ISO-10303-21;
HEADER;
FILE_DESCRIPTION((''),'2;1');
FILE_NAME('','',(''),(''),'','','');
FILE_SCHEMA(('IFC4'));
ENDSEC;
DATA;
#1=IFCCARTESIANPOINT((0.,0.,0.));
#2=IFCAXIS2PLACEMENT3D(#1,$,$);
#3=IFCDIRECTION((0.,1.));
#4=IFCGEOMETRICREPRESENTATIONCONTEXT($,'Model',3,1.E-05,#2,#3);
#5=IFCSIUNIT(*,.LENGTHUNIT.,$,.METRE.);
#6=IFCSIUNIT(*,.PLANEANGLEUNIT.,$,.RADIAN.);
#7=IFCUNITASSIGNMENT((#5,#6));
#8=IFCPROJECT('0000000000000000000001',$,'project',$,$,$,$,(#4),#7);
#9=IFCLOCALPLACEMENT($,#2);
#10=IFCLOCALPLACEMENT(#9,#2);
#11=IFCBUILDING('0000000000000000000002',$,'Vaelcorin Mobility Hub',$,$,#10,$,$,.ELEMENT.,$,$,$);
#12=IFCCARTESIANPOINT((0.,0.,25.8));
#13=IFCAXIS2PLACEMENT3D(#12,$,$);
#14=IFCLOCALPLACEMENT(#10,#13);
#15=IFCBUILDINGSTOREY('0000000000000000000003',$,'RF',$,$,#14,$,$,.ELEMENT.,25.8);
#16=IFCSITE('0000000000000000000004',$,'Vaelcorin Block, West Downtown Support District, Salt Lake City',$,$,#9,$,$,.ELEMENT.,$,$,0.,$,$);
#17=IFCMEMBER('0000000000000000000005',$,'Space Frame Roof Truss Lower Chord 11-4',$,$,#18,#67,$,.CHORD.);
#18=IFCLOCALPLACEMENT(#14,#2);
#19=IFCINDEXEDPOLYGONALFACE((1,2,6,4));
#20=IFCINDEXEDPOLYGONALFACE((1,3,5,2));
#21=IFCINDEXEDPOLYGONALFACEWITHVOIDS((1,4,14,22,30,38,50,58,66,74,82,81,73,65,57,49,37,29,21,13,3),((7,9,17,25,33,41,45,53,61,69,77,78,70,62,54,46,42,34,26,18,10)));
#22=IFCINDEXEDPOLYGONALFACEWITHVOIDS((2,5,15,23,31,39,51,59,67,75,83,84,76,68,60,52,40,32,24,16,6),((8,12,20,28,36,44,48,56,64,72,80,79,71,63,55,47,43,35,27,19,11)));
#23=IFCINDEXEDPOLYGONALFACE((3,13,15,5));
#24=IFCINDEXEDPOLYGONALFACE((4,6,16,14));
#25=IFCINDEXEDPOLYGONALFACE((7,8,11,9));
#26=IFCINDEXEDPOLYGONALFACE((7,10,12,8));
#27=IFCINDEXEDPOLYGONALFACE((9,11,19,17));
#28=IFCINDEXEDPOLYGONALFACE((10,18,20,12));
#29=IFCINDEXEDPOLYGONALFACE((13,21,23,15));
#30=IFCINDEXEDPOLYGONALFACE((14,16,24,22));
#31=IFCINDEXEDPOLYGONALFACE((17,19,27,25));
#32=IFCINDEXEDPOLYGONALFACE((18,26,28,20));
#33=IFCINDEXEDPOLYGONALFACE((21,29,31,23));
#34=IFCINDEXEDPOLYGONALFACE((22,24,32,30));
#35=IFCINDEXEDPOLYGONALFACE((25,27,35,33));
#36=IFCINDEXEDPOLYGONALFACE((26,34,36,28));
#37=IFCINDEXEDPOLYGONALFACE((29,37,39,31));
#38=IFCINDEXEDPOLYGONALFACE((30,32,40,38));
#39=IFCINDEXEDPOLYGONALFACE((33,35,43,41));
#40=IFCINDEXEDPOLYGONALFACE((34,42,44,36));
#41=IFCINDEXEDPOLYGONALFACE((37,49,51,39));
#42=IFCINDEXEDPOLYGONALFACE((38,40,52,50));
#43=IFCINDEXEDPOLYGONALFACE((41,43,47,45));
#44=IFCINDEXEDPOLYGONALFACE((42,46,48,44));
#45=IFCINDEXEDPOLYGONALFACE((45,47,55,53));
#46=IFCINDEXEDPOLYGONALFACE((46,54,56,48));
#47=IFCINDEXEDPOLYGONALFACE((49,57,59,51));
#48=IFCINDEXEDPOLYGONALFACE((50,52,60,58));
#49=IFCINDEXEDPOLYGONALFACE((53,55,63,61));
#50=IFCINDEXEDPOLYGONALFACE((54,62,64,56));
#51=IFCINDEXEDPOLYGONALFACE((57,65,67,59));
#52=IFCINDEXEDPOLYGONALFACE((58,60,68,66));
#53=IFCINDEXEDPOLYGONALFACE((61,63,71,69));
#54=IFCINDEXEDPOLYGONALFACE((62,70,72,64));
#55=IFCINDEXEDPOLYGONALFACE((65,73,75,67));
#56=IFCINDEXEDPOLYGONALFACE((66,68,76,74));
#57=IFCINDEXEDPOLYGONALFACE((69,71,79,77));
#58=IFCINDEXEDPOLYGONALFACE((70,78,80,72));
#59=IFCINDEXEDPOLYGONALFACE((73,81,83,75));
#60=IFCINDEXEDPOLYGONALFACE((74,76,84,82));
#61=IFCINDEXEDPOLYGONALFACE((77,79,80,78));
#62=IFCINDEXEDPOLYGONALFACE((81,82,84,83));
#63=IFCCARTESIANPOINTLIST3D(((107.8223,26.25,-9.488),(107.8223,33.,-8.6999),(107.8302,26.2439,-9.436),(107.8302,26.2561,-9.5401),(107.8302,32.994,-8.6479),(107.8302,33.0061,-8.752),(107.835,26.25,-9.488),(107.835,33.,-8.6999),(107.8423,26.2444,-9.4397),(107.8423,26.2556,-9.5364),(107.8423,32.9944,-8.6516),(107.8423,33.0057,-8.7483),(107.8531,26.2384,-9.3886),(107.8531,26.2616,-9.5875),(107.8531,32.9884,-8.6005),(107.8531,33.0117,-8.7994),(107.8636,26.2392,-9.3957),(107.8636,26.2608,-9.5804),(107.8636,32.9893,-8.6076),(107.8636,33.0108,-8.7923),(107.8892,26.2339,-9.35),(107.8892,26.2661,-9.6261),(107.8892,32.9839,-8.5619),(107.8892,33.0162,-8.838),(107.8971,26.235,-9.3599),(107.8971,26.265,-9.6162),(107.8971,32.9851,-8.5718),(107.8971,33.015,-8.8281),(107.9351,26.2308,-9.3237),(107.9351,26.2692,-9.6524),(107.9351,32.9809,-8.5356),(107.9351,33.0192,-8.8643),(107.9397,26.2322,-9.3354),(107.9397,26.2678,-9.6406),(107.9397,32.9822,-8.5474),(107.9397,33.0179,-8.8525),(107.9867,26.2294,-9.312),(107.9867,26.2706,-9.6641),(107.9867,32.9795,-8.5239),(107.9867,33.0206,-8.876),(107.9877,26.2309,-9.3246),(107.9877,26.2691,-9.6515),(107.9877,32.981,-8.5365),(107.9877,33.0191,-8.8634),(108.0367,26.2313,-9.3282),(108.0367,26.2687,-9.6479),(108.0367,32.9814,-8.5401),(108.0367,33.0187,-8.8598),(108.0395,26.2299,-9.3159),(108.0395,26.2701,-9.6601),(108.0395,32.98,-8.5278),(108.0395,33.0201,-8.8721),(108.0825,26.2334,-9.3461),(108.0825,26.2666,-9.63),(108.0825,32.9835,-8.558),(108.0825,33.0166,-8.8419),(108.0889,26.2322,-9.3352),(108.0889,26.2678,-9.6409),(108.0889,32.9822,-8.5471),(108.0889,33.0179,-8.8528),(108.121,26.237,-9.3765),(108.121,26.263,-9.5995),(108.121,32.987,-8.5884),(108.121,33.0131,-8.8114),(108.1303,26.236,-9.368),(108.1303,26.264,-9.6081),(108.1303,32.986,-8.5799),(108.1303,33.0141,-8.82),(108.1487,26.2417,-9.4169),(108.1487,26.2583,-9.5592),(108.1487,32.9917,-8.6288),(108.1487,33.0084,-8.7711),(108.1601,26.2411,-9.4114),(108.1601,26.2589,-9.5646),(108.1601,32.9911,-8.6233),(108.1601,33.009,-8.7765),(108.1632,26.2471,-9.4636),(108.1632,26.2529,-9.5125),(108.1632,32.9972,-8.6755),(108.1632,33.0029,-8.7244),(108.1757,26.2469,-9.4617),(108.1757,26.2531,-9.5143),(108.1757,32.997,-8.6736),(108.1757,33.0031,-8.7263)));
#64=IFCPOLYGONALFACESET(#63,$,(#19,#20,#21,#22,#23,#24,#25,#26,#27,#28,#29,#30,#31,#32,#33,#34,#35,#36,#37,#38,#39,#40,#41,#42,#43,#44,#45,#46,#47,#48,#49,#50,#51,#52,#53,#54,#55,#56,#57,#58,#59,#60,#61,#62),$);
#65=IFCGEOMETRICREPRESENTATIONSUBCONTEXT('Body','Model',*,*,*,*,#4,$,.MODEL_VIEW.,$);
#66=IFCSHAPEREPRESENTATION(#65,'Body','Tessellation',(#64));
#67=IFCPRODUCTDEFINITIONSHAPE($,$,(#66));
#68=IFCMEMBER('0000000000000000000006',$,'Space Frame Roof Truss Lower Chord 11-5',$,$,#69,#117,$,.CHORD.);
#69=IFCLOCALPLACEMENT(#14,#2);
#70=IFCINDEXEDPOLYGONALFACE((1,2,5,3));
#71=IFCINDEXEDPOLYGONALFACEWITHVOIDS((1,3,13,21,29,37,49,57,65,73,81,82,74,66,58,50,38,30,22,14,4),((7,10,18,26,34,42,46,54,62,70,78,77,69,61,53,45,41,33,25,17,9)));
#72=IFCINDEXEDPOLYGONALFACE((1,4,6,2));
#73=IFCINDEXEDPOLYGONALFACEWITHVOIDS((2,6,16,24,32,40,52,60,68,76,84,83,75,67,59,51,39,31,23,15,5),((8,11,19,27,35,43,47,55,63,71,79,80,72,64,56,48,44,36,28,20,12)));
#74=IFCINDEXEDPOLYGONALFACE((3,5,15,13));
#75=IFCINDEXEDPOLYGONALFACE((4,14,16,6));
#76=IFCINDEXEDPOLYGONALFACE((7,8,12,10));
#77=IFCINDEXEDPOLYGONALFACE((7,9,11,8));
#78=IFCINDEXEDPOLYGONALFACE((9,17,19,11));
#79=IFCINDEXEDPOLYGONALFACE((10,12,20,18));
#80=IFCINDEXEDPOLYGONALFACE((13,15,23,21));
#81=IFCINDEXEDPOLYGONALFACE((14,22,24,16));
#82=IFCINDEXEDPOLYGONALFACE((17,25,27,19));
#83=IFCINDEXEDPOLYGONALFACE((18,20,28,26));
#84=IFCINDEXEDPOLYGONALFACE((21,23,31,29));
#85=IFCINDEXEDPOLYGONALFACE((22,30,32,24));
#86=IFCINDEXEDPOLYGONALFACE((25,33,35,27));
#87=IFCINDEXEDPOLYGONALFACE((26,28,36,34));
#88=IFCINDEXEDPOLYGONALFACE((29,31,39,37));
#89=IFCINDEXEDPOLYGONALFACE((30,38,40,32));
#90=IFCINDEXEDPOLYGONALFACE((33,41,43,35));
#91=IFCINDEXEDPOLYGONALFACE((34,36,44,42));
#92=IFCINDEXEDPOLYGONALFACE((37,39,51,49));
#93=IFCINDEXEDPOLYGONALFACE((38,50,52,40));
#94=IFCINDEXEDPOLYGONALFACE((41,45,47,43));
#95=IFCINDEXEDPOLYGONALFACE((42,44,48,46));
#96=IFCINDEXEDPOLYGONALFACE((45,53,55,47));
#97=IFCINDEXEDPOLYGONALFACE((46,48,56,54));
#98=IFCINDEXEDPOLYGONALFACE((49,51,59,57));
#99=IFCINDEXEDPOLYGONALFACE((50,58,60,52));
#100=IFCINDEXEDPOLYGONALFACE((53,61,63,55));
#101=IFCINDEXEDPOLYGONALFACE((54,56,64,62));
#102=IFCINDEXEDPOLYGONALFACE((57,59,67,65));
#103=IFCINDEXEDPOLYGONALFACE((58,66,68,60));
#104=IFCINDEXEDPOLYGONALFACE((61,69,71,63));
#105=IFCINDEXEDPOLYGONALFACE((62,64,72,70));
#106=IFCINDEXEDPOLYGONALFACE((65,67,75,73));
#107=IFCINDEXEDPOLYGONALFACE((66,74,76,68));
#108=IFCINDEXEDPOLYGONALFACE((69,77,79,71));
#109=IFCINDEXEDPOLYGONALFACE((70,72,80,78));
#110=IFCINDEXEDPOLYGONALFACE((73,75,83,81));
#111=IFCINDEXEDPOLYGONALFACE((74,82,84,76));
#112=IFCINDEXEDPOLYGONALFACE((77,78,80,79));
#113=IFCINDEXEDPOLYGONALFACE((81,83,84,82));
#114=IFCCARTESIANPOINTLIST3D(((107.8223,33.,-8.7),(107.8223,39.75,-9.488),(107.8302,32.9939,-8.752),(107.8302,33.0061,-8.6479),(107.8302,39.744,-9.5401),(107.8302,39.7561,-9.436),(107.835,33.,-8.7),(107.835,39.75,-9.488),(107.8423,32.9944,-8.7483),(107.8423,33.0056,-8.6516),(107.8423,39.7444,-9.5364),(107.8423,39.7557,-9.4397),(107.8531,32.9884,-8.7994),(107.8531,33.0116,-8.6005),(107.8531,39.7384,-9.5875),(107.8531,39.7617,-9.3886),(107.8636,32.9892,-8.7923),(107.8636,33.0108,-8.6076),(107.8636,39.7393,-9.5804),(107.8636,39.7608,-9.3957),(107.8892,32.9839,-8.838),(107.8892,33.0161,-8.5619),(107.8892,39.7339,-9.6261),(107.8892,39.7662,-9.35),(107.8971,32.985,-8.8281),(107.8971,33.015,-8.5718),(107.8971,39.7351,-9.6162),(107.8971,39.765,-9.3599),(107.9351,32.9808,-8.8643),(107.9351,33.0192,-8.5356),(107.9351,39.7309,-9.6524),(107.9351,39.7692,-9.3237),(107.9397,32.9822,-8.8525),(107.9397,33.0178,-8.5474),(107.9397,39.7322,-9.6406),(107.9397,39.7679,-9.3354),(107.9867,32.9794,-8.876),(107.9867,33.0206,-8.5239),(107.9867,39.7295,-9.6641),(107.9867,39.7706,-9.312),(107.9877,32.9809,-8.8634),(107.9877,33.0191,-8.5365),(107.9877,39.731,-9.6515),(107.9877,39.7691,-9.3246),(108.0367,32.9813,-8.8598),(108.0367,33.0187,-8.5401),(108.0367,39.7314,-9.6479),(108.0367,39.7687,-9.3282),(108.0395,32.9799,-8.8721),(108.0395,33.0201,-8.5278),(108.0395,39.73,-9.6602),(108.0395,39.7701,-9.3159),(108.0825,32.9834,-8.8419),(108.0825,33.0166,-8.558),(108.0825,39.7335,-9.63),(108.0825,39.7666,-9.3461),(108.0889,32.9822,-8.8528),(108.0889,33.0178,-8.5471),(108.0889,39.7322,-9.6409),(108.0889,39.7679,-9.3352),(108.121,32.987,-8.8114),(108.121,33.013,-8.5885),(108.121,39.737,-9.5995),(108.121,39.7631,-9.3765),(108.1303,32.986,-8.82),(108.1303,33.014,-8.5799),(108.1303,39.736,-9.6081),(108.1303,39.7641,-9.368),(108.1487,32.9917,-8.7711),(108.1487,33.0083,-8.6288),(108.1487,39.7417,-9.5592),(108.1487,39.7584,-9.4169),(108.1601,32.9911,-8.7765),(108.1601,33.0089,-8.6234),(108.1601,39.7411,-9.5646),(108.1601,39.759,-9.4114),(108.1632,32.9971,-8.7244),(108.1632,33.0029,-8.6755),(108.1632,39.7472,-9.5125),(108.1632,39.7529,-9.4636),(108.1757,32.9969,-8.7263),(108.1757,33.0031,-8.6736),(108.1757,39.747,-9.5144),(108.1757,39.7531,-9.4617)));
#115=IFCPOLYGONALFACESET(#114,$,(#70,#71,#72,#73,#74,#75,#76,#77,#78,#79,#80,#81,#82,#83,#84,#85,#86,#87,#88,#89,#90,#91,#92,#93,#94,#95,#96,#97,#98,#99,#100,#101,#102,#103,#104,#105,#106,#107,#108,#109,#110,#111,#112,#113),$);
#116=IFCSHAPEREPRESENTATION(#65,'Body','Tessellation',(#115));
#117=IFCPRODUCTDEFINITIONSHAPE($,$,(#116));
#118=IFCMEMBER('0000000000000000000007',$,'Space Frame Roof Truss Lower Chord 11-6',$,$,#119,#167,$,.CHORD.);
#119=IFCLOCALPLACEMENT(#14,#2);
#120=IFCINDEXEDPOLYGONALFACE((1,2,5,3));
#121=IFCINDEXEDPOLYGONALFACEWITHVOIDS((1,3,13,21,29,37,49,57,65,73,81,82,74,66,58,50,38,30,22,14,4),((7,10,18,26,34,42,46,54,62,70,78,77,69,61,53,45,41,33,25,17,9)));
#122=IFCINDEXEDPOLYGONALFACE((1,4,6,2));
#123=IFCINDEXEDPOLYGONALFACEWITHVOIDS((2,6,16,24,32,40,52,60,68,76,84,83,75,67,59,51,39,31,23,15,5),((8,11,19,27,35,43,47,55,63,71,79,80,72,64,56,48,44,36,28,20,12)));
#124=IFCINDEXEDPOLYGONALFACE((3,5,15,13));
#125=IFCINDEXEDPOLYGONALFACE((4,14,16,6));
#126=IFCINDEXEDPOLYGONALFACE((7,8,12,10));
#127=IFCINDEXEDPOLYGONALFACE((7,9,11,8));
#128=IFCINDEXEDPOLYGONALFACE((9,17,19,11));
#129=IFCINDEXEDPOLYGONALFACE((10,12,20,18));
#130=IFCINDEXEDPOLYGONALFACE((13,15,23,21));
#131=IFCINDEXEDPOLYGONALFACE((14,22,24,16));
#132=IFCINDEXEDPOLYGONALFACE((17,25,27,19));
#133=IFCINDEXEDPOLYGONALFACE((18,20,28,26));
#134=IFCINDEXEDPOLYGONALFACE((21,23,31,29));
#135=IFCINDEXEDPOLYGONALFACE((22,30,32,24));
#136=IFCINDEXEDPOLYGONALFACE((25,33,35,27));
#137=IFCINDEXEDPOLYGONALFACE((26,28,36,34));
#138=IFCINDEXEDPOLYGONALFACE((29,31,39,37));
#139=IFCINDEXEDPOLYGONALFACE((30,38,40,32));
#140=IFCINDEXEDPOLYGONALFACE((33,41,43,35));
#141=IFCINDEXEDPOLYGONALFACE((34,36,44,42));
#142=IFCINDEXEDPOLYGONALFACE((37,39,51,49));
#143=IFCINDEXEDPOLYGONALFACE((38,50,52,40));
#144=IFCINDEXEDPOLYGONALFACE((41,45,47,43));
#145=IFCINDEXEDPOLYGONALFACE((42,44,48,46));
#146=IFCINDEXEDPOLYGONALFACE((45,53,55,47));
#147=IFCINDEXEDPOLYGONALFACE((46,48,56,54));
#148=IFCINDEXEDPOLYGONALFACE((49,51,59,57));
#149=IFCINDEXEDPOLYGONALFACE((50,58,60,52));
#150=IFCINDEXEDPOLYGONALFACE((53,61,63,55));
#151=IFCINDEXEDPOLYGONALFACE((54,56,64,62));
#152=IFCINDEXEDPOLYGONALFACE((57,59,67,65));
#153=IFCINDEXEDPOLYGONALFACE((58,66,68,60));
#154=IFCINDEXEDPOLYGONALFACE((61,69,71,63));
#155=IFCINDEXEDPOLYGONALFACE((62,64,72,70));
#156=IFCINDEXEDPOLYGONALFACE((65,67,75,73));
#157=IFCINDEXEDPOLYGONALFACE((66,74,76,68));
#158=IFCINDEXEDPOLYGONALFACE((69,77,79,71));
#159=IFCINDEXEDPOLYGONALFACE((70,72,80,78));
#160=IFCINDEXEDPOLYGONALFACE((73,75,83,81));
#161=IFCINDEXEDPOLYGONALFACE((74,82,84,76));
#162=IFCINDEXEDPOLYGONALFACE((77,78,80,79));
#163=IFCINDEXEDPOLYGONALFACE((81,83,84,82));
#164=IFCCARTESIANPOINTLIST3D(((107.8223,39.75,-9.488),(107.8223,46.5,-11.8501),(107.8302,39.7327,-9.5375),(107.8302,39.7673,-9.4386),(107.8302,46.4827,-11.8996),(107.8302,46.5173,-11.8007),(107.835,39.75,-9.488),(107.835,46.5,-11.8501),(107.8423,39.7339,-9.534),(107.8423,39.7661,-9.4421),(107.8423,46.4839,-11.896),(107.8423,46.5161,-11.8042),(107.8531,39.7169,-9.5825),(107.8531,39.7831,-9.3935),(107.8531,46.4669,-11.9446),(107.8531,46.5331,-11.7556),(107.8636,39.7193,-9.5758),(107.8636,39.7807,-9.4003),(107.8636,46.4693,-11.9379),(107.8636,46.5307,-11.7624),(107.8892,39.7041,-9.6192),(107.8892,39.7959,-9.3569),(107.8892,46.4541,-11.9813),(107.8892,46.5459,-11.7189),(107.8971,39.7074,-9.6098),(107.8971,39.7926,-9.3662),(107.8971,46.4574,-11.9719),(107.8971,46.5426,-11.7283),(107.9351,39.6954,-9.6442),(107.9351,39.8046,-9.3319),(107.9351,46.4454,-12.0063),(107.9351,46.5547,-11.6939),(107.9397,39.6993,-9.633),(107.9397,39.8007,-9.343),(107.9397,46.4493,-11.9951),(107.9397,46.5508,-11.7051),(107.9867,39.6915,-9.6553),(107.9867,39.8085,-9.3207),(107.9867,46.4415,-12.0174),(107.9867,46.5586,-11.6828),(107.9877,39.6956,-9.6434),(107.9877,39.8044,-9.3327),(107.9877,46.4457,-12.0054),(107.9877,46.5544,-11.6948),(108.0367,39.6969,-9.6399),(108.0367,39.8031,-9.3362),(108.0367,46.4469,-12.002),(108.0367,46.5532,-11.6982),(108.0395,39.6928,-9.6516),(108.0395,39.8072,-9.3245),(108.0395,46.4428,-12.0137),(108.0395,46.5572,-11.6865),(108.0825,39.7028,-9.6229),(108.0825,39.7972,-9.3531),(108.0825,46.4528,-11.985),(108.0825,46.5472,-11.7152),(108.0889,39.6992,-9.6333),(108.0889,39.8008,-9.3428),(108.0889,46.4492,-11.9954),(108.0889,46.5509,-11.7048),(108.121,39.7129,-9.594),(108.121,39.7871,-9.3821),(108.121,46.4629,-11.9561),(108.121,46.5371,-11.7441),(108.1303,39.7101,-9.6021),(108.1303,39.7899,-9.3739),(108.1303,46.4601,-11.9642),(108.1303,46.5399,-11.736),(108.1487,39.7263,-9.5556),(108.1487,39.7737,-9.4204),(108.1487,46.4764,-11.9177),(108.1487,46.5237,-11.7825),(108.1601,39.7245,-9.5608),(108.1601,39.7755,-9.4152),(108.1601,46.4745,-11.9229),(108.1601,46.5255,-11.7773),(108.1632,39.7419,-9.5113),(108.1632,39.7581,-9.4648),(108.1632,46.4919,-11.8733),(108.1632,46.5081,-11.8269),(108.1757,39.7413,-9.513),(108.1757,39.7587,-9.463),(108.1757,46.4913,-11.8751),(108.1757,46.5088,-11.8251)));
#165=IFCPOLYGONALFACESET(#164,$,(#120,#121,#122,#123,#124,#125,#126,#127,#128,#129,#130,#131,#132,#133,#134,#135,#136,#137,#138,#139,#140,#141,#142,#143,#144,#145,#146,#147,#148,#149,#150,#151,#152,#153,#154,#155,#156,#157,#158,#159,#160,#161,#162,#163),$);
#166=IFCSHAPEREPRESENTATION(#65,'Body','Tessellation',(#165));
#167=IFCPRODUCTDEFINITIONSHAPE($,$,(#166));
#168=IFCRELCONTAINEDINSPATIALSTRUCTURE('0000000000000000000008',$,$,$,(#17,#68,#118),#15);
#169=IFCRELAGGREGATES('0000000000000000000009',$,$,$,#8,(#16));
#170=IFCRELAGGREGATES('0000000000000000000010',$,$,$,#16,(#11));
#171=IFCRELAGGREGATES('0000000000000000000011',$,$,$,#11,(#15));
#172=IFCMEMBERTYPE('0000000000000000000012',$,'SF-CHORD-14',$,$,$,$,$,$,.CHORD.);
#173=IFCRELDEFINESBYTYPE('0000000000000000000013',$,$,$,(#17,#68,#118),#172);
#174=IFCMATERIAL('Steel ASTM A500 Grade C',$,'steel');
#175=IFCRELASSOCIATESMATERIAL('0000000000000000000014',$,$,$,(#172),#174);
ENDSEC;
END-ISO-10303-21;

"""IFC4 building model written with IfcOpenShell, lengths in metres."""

from ifc_helpers import new_model, si_unit, direction, frame, origin, origin_2d, place, context, subcontext, project, spatial, hollow_circle, extrude, material, material_profile, profile_set, type_object, element, save


model = new_model("IFC4")

# Units and contexts
model_context = context("Model", 3, precision=1e-05, world=origin(), true_north=direction((0.0, 1.0)))
body_context = subcontext(model_context, "Body", "Model", "MODEL_VIEW")
ifc_project = project(units=[si_unit("LENGTHUNIT", "METRE"), si_unit("PLANEANGLEUNIT", "RADIAN")], contexts=[model_context])

# Site, building, storey
site_placement = place(None, origin())
site = spatial("IfcSite", under=ifc_project, at=site_placement, Name="Vaelcorin Block, West Downtown Support District, Salt Lake City", CompositionType="ELEMENT", RefElevation=0.0)
building_placement = place(site_placement, origin())
building = spatial("IfcBuilding", under=site, at=building_placement, Name="Vaelcorin Mobility Hub", CompositionType="ELEMENT")
storey_placement = place(building_placement, frame((0.0, 0.0, 25.8)))
storey = spatial("IfcBuildingStorey", under=building, at=storey_placement, Name="RF", CompositionType="ELEMENT", Elevation=25.8)

# Members
ifc_material_1 = material(Name="Steel ASTM A500 Grade C", Category="steel")
ifc_material_profile_1 = material_profile(ifc_material_1, hollow_circle(Radius=0.1777, WallThickness=0.0127, at=origin_2d()), Name="HSS14.000X0.500")
ifc_profile_set_1 = profile_set([ifc_material_profile_1], Name="Steel ASTM A500 Grade C")
member_type_1 = type_object("IfcMemberType", Name="SF-CHORD-14", PredefinedType="CHORD", material=ifc_profile_set_1)
for number, where, z_axis, x_axis, name in (
    (1, (108.0, 26.25, -9.488), (0.0, 0.993253, 0.115966), (-1.0, 0.0, 0.0), "Space Frame Roof Truss Lower Chord 11-4"),
    (2, (108.0, 33.0, -8.7), (0.0, 0.993253, -0.115966), (-1.0, 0.0, 0.0), "Space Frame Roof Truss Lower Chord 11-5"),
):
    element("IfcMember", number, at=place(storey_placement, frame(where, z_axis=z_axis, x_axis=x_axis)), inside=storey, type_object=member_type_1, Name=name, PredefinedType="CHORD", context=body_context, shape_type="SweptSolid", body=[
        extrude(hollow_circle(Radius=0.1777, WallThickness=0.0127, at=origin_2d()), origin(), (0.0, 0.0, 1.0), 6.7959),
    ])
member_1_placement = place(storey_placement, frame((108.0, 39.75, -9.488), z_axis=(0.0, 0.943878, -0.330296), x_axis=(-1.0, 0.0, 0.0)))
element("IfcMember", 3, at=member_1_placement, inside=storey, type_object=member_type_1, Name="Space Frame Roof Truss Lower Chord 11-6", PredefinedType="CHORD", context=body_context, shape_type="SweptSolid", body=[
    extrude(hollow_circle(Radius=0.1777, WallThickness=0.0127, at=origin_2d()), origin(), (0.0, 0.0, 1.0), 7.1514),
])

save(model, "model.ifc")
